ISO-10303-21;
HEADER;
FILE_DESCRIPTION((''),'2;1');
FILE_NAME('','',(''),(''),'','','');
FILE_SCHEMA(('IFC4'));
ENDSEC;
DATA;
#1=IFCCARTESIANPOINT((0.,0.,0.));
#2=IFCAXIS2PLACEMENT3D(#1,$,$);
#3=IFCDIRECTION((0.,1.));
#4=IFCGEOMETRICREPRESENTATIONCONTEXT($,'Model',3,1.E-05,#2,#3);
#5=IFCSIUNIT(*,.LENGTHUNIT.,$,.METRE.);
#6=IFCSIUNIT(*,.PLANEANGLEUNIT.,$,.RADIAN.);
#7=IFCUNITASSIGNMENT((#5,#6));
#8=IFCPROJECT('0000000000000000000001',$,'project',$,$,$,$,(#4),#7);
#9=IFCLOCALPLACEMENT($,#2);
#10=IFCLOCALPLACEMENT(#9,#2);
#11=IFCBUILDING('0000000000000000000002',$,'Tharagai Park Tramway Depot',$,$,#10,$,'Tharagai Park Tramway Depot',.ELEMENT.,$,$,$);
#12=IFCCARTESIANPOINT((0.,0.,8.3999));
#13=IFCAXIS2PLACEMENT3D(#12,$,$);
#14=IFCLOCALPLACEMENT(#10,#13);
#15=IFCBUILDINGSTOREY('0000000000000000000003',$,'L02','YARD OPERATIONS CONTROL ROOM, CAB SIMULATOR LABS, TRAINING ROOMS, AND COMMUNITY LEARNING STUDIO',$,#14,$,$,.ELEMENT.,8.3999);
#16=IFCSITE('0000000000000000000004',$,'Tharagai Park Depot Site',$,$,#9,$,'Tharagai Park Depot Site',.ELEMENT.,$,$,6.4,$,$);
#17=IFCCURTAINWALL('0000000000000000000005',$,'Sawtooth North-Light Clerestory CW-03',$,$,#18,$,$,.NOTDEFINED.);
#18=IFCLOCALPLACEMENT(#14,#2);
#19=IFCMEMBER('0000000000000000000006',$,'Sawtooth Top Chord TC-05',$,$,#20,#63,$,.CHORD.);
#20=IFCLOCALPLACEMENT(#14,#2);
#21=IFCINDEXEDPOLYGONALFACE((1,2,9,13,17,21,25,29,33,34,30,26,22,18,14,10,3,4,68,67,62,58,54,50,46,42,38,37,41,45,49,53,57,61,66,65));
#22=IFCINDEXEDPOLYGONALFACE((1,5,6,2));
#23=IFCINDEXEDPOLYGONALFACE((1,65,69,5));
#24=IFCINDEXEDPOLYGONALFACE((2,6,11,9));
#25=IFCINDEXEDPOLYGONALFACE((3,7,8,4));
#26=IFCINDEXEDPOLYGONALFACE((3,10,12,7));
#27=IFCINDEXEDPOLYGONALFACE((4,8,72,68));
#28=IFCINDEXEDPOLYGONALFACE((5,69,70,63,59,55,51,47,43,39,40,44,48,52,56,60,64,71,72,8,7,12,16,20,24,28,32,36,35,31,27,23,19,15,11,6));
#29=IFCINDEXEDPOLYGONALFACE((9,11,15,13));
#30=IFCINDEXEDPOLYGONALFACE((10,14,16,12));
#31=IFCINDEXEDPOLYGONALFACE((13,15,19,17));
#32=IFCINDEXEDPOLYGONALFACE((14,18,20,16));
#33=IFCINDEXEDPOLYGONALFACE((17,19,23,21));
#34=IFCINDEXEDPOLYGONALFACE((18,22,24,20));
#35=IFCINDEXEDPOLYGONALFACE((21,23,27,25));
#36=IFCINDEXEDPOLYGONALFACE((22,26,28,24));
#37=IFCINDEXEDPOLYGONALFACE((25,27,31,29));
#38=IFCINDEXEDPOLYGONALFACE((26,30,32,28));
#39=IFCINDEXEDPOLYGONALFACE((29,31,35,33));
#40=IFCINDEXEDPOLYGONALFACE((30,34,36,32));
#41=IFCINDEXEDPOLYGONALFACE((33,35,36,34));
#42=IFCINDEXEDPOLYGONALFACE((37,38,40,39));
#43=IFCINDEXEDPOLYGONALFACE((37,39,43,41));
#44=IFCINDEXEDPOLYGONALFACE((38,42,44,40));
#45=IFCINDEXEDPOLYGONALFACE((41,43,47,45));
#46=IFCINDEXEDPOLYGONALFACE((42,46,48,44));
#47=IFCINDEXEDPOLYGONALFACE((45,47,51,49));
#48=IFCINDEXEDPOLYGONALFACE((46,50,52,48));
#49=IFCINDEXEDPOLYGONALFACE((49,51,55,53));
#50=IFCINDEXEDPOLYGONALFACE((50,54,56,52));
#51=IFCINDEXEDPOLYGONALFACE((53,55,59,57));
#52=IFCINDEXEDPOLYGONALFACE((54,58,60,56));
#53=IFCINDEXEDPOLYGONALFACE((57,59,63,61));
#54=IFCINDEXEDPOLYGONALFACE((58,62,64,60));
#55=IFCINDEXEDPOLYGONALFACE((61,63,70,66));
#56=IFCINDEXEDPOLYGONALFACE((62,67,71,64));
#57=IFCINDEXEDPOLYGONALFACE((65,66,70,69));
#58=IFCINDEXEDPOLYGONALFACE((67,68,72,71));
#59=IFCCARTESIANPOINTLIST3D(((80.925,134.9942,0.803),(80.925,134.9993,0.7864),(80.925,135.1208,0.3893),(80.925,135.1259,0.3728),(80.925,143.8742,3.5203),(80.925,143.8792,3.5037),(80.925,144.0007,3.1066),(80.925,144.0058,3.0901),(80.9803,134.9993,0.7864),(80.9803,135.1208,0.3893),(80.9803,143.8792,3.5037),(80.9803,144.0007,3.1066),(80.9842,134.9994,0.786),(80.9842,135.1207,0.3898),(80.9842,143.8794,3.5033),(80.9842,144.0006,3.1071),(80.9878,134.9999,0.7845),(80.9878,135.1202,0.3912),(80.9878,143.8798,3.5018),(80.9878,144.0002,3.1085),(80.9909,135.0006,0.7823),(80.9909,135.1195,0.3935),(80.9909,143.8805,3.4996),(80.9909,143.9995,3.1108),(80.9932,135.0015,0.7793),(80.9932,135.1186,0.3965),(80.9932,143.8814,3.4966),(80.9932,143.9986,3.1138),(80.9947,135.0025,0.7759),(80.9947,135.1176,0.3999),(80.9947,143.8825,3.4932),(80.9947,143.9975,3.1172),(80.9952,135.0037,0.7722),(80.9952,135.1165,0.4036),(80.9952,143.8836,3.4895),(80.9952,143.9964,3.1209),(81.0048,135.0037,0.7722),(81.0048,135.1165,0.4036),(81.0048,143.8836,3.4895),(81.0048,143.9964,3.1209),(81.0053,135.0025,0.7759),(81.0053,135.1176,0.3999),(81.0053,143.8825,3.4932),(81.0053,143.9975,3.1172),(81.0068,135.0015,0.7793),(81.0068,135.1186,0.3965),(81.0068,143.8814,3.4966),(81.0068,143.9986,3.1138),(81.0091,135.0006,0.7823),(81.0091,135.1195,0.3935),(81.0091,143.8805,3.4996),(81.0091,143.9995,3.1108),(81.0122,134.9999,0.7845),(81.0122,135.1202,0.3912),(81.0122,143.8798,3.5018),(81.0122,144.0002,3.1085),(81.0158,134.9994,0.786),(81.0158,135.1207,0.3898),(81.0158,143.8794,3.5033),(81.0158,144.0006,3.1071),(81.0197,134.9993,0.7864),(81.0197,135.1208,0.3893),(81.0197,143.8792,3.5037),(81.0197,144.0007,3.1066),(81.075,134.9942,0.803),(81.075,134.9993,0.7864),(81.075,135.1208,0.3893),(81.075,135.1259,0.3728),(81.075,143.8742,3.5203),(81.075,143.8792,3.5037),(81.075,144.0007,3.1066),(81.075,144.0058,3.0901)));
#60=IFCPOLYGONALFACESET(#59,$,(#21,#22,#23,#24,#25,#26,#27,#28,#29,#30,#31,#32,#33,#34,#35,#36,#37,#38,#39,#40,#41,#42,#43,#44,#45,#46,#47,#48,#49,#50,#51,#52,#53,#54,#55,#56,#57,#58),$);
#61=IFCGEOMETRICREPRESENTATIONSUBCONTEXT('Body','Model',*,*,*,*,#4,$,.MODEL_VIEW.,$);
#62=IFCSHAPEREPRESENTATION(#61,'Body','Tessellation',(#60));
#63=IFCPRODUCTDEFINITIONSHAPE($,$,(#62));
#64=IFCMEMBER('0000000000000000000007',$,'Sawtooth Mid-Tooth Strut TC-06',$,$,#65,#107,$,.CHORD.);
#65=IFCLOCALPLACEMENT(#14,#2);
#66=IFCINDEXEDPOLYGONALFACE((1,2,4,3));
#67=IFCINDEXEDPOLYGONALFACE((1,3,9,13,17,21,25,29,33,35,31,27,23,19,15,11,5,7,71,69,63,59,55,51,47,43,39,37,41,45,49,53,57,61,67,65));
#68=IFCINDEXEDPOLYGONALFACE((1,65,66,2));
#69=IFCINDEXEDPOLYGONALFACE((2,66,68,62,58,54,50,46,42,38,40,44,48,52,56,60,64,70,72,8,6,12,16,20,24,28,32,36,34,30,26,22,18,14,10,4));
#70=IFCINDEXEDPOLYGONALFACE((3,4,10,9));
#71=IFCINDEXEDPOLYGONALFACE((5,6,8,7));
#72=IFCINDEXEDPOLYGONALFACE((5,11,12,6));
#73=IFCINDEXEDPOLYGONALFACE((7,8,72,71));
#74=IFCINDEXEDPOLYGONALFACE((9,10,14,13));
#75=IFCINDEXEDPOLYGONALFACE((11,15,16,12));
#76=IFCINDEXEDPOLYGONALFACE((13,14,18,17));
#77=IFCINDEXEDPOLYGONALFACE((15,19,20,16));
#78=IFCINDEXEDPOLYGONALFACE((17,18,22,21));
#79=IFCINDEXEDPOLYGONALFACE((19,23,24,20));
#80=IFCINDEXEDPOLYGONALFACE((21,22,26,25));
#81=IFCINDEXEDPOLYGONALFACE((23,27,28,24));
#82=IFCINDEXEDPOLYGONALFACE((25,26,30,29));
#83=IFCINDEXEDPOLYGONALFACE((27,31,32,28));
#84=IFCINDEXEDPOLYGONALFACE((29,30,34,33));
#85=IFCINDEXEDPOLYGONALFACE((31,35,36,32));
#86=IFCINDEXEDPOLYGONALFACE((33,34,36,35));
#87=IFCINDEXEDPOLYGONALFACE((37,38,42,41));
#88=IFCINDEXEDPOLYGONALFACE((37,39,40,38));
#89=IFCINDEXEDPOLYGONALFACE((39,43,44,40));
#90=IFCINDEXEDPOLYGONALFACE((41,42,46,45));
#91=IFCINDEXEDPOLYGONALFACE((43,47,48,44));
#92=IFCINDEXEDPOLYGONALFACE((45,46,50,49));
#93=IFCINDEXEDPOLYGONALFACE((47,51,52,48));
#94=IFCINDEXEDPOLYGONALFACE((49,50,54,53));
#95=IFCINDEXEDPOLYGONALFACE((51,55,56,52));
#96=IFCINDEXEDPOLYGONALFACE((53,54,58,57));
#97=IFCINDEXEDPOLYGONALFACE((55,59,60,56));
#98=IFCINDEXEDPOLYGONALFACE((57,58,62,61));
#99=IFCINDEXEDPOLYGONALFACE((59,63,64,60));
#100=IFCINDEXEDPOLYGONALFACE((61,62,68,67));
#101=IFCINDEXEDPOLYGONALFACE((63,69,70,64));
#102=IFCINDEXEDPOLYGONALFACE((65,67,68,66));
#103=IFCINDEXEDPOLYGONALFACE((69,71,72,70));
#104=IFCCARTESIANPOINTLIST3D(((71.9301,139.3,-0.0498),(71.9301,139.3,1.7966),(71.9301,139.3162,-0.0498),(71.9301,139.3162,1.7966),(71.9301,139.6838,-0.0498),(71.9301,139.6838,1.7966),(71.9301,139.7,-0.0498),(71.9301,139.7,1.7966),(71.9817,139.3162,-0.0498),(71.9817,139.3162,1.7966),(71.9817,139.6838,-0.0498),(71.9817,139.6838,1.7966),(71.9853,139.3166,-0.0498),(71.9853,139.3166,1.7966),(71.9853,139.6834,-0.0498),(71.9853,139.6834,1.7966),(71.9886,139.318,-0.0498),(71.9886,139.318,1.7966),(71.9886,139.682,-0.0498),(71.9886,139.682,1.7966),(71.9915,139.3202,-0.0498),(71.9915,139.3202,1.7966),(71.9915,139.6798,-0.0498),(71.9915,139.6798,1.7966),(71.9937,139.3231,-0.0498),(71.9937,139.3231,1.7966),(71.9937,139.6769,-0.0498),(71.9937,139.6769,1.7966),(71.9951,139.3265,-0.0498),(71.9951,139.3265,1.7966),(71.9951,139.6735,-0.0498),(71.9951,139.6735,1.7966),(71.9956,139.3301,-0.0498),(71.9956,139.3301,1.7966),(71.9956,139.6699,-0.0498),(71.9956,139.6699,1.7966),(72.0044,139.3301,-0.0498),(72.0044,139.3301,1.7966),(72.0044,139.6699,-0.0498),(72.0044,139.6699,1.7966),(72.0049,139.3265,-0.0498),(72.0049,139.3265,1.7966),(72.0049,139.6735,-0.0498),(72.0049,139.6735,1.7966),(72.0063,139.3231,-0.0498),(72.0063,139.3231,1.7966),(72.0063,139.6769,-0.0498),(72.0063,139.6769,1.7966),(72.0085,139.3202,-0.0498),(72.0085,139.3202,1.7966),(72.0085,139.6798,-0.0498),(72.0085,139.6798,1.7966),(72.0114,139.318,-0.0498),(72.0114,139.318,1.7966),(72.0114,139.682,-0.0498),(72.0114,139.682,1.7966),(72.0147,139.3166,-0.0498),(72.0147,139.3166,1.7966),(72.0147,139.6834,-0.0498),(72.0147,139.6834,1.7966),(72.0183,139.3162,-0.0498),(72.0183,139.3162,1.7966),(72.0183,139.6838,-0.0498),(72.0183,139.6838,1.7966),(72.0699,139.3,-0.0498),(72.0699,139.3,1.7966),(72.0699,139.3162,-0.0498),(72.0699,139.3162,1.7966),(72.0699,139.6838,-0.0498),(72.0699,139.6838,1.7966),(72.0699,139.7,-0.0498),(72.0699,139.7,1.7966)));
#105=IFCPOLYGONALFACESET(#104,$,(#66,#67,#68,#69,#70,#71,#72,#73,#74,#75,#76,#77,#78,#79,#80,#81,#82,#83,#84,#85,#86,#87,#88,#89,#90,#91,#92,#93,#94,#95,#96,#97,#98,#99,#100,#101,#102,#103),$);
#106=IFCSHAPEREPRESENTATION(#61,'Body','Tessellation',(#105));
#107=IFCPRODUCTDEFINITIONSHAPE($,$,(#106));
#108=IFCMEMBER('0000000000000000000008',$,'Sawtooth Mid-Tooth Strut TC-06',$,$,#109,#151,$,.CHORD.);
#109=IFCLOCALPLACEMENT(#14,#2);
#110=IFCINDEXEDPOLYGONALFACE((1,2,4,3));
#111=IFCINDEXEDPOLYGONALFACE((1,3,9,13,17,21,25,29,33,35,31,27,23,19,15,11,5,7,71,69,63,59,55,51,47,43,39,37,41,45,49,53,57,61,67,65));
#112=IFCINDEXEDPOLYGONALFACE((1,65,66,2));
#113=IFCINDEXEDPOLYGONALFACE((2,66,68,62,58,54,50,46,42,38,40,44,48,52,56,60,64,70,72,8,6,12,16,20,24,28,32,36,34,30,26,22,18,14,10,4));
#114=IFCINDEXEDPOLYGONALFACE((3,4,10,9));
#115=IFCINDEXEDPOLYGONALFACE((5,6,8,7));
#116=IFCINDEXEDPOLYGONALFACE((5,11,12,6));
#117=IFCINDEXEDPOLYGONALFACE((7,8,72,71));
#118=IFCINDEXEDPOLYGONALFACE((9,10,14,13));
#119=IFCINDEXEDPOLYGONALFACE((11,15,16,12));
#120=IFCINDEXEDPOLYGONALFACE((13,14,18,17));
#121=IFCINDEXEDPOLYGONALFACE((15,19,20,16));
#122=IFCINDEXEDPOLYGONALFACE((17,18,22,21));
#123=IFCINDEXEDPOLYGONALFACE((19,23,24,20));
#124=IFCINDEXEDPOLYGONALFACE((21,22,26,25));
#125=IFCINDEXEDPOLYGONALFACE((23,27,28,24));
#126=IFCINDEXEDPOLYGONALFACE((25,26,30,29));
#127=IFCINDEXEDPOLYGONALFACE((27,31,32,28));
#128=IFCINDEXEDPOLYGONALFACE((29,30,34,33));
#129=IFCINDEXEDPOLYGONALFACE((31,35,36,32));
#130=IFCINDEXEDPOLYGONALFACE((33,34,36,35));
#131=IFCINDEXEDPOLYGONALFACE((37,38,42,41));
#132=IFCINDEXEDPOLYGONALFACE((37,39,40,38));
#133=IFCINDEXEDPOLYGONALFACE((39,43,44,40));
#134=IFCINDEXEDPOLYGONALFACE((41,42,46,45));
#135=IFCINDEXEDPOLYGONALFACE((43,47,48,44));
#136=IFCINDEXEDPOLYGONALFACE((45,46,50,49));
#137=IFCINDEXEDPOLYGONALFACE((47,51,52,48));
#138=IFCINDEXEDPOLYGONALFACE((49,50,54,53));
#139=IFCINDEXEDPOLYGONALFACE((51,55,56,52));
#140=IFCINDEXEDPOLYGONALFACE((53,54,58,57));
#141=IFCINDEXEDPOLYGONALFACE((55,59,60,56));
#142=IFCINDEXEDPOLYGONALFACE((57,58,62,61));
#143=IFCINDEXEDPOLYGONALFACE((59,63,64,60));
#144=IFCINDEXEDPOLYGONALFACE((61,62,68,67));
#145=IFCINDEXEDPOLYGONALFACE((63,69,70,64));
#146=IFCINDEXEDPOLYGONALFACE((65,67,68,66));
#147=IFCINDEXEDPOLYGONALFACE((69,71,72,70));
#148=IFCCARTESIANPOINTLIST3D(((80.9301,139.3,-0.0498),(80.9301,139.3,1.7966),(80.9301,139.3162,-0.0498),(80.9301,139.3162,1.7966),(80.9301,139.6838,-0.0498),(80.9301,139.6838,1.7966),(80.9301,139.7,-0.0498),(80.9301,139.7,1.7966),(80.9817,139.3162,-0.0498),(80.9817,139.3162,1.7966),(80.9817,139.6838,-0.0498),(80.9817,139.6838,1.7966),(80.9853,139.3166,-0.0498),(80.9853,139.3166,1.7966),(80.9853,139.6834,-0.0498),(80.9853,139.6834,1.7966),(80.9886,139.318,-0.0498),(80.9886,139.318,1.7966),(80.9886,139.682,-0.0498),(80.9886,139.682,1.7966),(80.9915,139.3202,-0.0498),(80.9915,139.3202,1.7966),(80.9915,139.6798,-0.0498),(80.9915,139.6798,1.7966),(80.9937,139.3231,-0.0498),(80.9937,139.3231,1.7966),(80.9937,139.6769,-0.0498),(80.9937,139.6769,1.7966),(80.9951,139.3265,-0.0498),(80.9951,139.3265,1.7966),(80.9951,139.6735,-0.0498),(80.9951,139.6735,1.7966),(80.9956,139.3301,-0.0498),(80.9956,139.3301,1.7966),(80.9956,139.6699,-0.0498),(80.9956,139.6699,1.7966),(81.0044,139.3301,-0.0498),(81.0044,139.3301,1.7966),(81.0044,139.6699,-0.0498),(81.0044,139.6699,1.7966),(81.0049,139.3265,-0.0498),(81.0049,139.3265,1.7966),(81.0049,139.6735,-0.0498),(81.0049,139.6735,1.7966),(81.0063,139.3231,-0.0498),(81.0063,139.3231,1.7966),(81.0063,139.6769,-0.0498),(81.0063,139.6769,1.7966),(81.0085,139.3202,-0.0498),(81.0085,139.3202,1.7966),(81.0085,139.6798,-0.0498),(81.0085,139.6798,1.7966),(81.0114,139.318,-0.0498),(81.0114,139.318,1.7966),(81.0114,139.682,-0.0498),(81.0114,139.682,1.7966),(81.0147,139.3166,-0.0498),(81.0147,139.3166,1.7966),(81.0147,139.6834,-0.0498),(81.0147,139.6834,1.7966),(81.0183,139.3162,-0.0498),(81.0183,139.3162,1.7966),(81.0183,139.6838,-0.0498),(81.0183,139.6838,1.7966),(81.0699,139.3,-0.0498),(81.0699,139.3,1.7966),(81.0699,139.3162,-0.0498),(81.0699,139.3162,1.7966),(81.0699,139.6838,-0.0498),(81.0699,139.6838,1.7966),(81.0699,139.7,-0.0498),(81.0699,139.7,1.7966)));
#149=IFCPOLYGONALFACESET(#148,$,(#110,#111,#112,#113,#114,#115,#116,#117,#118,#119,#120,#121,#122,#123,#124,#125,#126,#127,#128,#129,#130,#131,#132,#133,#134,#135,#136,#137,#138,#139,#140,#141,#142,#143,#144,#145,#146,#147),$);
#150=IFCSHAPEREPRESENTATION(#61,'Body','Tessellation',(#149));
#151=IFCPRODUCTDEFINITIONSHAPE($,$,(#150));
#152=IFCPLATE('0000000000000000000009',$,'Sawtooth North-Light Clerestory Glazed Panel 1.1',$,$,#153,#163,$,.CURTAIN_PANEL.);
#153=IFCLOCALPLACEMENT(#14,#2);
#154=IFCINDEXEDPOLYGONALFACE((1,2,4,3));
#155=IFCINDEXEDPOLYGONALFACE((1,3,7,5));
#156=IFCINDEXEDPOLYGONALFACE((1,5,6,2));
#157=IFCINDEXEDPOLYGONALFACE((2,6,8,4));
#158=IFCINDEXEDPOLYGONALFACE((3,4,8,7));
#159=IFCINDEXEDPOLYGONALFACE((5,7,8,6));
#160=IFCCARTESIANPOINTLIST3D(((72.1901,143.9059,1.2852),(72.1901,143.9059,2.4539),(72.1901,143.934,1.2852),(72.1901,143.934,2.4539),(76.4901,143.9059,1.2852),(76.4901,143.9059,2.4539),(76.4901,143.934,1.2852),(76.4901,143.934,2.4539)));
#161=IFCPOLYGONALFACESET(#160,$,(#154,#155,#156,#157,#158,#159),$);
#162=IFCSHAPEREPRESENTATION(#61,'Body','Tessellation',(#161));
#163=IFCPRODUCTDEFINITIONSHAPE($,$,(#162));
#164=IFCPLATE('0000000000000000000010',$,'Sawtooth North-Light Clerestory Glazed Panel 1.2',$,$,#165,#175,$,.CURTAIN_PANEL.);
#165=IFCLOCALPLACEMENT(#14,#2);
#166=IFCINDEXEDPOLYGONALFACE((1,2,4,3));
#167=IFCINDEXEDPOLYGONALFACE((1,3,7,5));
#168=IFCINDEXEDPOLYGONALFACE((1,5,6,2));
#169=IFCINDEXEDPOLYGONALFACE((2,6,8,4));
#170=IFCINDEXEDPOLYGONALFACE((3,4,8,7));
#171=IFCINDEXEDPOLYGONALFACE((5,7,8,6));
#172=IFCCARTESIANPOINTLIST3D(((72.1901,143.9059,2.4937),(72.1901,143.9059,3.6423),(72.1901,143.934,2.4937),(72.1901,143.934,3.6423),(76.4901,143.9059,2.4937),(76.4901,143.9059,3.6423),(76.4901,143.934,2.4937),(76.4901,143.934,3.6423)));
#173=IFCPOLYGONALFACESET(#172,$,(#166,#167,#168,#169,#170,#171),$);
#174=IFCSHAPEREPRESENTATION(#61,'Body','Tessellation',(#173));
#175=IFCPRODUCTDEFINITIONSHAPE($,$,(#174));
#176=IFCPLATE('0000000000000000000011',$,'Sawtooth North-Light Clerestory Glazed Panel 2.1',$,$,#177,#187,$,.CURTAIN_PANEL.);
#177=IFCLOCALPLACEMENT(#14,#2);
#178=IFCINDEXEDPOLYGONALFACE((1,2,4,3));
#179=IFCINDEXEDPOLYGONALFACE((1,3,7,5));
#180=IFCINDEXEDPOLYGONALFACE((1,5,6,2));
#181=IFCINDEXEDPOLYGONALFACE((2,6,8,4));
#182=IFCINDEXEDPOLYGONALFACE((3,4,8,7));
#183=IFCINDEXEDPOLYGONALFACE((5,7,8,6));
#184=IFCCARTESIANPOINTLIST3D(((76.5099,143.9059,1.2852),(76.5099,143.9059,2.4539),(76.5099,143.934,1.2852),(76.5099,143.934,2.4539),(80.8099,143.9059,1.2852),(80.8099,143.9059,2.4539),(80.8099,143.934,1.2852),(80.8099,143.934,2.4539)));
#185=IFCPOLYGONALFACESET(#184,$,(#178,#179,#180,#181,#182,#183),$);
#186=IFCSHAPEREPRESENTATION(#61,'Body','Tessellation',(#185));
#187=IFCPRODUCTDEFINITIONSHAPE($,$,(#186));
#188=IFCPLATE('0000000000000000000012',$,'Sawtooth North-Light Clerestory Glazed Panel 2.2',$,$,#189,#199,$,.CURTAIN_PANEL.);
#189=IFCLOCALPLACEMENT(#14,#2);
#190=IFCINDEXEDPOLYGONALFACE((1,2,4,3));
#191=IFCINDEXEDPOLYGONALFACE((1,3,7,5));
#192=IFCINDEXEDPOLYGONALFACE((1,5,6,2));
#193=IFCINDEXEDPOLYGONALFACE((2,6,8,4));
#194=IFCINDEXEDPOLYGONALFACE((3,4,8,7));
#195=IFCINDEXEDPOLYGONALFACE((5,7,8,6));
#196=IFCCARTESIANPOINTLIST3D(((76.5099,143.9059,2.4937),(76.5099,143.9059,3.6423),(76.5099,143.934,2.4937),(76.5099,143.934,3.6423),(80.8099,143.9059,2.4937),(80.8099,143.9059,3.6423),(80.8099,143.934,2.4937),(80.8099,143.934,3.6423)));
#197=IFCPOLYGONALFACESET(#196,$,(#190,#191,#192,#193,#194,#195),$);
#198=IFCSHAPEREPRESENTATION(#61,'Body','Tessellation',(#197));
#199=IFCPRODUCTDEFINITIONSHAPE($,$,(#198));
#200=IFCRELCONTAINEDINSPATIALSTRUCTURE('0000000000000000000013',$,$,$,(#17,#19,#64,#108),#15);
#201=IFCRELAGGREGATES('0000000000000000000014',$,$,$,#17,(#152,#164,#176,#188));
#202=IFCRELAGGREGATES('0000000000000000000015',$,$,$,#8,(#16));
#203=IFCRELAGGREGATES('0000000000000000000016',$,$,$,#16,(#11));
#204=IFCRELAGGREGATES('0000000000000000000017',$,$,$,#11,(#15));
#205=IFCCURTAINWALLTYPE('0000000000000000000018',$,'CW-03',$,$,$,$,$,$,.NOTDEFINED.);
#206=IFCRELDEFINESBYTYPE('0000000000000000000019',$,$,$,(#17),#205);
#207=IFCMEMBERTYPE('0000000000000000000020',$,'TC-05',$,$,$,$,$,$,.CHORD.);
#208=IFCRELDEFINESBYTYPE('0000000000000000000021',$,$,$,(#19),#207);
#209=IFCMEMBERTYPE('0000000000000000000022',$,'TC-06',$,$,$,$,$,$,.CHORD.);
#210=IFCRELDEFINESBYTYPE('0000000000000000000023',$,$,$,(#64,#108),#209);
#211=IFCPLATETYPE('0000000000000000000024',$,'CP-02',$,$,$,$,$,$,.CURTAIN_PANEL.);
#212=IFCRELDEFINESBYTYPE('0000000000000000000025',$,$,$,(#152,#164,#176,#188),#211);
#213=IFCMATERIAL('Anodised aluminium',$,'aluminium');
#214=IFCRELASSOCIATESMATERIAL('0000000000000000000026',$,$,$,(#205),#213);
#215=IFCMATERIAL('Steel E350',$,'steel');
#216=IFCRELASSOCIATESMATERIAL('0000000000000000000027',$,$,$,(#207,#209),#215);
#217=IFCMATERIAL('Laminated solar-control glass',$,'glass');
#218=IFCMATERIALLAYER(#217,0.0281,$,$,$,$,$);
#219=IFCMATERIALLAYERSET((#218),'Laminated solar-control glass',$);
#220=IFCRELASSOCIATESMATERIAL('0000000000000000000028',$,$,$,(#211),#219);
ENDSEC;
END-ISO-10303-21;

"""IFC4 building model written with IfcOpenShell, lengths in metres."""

from ifc_helpers import new_model, si_unit, direction, frame, origin, origin_2d, place, context, subcontext, project, spatial, rectangle, i_section, extrude, material, layer, layer_set, material_profile, profile_set, type_object, element, aggregate, save


model = new_model("IFC4")

# Units and contexts
model_context = context("Model", 3, precision=1e-05, world=origin(), true_north=direction((0.0, 1.0)))
body_context = subcontext(model_context, "Body", "Model", "MODEL_VIEW")
ifc_project = project(units=[si_unit("LENGTHUNIT", "METRE"), si_unit("PLANEANGLEUNIT", "RADIAN")], contexts=[model_context])

# Site, building, storey
site_placement = place(None, origin())
site = spatial("IfcSite", under=ifc_project, at=site_placement, Name="Tharagai Park Depot Site", LongName="Tharagai Park Depot Site", CompositionType="ELEMENT", RefElevation=6.4)
building_placement = place(site_placement, origin())
building = spatial("IfcBuilding", under=site, at=building_placement, Name="Tharagai Park Tramway Depot", LongName="Tharagai Park Tramway Depot", CompositionType="ELEMENT")
storey_placement = place(building_placement, frame((0.0, 0.0, 8.3999)))
storey = spatial("IfcBuildingStorey", under=building, at=storey_placement, Name="L02", Description="YARD OPERATIONS CONTROL ROOM, CAB SIMULATOR LABS, TRAINING ROOMS, AND COMMUNITY LEARNING STUDIO", CompositionType="ELEMENT", Elevation=8.3999)

# Shared definitions
ifc_material_1 = material(Name="Steel E350", Category="steel")

# Curtain wall
ifc_material_2 = material(Name="Anodised aluminium", Category="aluminium")
curtain_wall_type = type_object("IfcCurtainWallType", Name="CW-03", PredefinedType="NOTDEFINED", material=ifc_material_2)
curtain_wall_placement = place(storey_placement, origin())
curtain_wall = element("IfcCurtainWall", 1, at=curtain_wall_placement, inside=storey, type_object=curtain_wall_type, Name="Sawtooth North-Light Clerestory CW-03", PredefinedType="NOTDEFINED")

# Members
ifc_material_profile_1 = material_profile(ifc_material_1, i_section(OverallWidth=0.1499, OverallDepth=0.45, WebThickness=0.0095, FlangeThickness=0.0173, FilletRadius=0.0149, at=origin_2d()), Name="ISMB 450")
ifc_profile_set_1 = profile_set([ifc_material_profile_1], Name="Steel E350")
member_type_1 = type_object("IfcMemberType", Name="TC-05", PredefinedType="CHORD", material=ifc_profile_set_1)
for number, where, z_axis, x_axis, name in (
    (2, (81.0, 135.0601, 0.5879), (0.0, 0.956231, 0.292611), (-1.0, 0.0, 0.0), "Sawtooth Top Chord TC-05"),
):
    element("IfcMember", number, at=place(storey_placement, frame(where, z_axis=z_axis, x_axis=x_axis)), inside=storey, type_object=member_type_1, Name=name, PredefinedType="CHORD", context=body_context, shape_type="SweptSolid", body=[
        extrude(i_section(OverallWidth=0.1499, OverallDepth=0.45, WebThickness=0.0095, FlangeThickness=0.0173, FilletRadius=0.0149, at=origin_2d()), origin(), (0.0, 0.0, 1.0), 9.2864),
    ])
ifc_material_profile_2 = material_profile(ifc_material_1, i_section(OverallWidth=0.1399, OverallDepth=0.3999, WebThickness=0.0088, FlangeThickness=0.0161, FilletRadius=0.0139, at=origin_2d()), Name="ISMB 400")
ifc_profile_set_2 = profile_set([ifc_material_profile_2], Name="Steel E350")
member_type_2 = type_object("IfcMemberType", Name="TC-06", PredefinedType="CHORD", material=ifc_profile_set_2)
for number, where, z_axis, x_axis, name in (
    (3, (72.0, 139.5, -0.0498), (0.0, 0.0, 1.0), (1.0, 0.0, 0.0), "Sawtooth Mid-Tooth Strut TC-06"),
    (4, (81.0, 139.5, -0.0498), (0.0, 0.0, 1.0), (1.0, 0.0, 0.0), "Sawtooth Mid-Tooth Strut TC-06"),
):
    element("IfcMember", number, at=place(storey_placement, frame(where, z_axis=z_axis, x_axis=x_axis)), inside=storey, type_object=member_type_2, Name=name, PredefinedType="CHORD", context=body_context, shape_type="SweptSolid", body=[
        extrude(i_section(OverallWidth=0.1399, OverallDepth=0.3999, WebThickness=0.0088, FlangeThickness=0.0161, FilletRadius=0.0139, at=origin_2d()), origin(), (0.0, 0.0, 1.0), 1.8464),
    ])

# Plates
ifc_material_3 = material(Name="Laminated solar-control glass", Category="glass")
ifc_layer_1 = layer(ifc_material_3, 0.0281)
ifc_layer_set_1 = layer_set([ifc_layer_1], Name="Laminated solar-control glass")
plate_type = type_object("IfcPlateType", Name="CP-02", PredefinedType="CURTAIN_PANEL", material=ifc_layer_set_1)
plate_1_placement = place(storey_placement, frame((74.3401, 143.9199, 1.2852), z_axis=(0.0, 0.0, 1.0), x_axis=(1.0, 0.0, 0.0)))
plate_1 = element("IfcPlate", 5, at=plate_1_placement, type_object=plate_type, Name="Sawtooth North-Light Clerestory Glazed Panel 1.1", PredefinedType="CURTAIN_PANEL", context=body_context, shape_type="SweptSolid", body=[
    extrude(rectangle(XDim=4.3, YDim=0.0281, at=origin_2d()), origin(), (0.0, 0.0, 1.0), 1.1687),
])
plate_2_placement = place(storey_placement, frame((74.3401, 143.9199, 2.4937), z_axis=(0.0, 0.0, 1.0), x_axis=(1.0, 0.0, 0.0)))
plate_2 = element("IfcPlate", 6, at=plate_2_placement, type_object=plate_type, Name="Sawtooth North-Light Clerestory Glazed Panel 1.2", PredefinedType="CURTAIN_PANEL", context=body_context, shape_type="SweptSolid", body=[
    extrude(rectangle(XDim=4.3, YDim=0.0281, at=origin_2d()), origin(), (0.0, 0.0, 1.0), 1.1487),
])
plate_3_placement = place(storey_placement, frame((78.6599, 143.9199, 1.2852), z_axis=(0.0, 0.0, 1.0), x_axis=(1.0, 0.0, 0.0)))
plate_3 = element("IfcPlate", 7, at=plate_3_placement, type_object=plate_type, Name="Sawtooth North-Light Clerestory Glazed Panel 2.1", PredefinedType="CURTAIN_PANEL", context=body_context, shape_type="SweptSolid", body=[
    extrude(rectangle(XDim=4.3, YDim=0.0281, at=origin_2d()), origin(), (0.0, 0.0, 1.0), 1.1687),
])
plate_4_placement = place(storey_placement, frame((78.6599, 143.9199, 2.4937), z_axis=(0.0, 0.0, 1.0), x_axis=(1.0, 0.0, 0.0)))
plate_4 = element("IfcPlate", 8, at=plate_4_placement, type_object=plate_type, Name="Sawtooth North-Light Clerestory Glazed Panel 2.2", PredefinedType="CURTAIN_PANEL", context=body_context, shape_type="SweptSolid", body=[
    extrude(rectangle(XDim=4.3, YDim=0.0281, at=origin_2d()), origin(), (0.0, 0.0, 1.0), 1.1487),
])
aggregate(curtain_wall, [plate_1, plate_2, plate_3, plate_4])

save(model, "model.ifc")
